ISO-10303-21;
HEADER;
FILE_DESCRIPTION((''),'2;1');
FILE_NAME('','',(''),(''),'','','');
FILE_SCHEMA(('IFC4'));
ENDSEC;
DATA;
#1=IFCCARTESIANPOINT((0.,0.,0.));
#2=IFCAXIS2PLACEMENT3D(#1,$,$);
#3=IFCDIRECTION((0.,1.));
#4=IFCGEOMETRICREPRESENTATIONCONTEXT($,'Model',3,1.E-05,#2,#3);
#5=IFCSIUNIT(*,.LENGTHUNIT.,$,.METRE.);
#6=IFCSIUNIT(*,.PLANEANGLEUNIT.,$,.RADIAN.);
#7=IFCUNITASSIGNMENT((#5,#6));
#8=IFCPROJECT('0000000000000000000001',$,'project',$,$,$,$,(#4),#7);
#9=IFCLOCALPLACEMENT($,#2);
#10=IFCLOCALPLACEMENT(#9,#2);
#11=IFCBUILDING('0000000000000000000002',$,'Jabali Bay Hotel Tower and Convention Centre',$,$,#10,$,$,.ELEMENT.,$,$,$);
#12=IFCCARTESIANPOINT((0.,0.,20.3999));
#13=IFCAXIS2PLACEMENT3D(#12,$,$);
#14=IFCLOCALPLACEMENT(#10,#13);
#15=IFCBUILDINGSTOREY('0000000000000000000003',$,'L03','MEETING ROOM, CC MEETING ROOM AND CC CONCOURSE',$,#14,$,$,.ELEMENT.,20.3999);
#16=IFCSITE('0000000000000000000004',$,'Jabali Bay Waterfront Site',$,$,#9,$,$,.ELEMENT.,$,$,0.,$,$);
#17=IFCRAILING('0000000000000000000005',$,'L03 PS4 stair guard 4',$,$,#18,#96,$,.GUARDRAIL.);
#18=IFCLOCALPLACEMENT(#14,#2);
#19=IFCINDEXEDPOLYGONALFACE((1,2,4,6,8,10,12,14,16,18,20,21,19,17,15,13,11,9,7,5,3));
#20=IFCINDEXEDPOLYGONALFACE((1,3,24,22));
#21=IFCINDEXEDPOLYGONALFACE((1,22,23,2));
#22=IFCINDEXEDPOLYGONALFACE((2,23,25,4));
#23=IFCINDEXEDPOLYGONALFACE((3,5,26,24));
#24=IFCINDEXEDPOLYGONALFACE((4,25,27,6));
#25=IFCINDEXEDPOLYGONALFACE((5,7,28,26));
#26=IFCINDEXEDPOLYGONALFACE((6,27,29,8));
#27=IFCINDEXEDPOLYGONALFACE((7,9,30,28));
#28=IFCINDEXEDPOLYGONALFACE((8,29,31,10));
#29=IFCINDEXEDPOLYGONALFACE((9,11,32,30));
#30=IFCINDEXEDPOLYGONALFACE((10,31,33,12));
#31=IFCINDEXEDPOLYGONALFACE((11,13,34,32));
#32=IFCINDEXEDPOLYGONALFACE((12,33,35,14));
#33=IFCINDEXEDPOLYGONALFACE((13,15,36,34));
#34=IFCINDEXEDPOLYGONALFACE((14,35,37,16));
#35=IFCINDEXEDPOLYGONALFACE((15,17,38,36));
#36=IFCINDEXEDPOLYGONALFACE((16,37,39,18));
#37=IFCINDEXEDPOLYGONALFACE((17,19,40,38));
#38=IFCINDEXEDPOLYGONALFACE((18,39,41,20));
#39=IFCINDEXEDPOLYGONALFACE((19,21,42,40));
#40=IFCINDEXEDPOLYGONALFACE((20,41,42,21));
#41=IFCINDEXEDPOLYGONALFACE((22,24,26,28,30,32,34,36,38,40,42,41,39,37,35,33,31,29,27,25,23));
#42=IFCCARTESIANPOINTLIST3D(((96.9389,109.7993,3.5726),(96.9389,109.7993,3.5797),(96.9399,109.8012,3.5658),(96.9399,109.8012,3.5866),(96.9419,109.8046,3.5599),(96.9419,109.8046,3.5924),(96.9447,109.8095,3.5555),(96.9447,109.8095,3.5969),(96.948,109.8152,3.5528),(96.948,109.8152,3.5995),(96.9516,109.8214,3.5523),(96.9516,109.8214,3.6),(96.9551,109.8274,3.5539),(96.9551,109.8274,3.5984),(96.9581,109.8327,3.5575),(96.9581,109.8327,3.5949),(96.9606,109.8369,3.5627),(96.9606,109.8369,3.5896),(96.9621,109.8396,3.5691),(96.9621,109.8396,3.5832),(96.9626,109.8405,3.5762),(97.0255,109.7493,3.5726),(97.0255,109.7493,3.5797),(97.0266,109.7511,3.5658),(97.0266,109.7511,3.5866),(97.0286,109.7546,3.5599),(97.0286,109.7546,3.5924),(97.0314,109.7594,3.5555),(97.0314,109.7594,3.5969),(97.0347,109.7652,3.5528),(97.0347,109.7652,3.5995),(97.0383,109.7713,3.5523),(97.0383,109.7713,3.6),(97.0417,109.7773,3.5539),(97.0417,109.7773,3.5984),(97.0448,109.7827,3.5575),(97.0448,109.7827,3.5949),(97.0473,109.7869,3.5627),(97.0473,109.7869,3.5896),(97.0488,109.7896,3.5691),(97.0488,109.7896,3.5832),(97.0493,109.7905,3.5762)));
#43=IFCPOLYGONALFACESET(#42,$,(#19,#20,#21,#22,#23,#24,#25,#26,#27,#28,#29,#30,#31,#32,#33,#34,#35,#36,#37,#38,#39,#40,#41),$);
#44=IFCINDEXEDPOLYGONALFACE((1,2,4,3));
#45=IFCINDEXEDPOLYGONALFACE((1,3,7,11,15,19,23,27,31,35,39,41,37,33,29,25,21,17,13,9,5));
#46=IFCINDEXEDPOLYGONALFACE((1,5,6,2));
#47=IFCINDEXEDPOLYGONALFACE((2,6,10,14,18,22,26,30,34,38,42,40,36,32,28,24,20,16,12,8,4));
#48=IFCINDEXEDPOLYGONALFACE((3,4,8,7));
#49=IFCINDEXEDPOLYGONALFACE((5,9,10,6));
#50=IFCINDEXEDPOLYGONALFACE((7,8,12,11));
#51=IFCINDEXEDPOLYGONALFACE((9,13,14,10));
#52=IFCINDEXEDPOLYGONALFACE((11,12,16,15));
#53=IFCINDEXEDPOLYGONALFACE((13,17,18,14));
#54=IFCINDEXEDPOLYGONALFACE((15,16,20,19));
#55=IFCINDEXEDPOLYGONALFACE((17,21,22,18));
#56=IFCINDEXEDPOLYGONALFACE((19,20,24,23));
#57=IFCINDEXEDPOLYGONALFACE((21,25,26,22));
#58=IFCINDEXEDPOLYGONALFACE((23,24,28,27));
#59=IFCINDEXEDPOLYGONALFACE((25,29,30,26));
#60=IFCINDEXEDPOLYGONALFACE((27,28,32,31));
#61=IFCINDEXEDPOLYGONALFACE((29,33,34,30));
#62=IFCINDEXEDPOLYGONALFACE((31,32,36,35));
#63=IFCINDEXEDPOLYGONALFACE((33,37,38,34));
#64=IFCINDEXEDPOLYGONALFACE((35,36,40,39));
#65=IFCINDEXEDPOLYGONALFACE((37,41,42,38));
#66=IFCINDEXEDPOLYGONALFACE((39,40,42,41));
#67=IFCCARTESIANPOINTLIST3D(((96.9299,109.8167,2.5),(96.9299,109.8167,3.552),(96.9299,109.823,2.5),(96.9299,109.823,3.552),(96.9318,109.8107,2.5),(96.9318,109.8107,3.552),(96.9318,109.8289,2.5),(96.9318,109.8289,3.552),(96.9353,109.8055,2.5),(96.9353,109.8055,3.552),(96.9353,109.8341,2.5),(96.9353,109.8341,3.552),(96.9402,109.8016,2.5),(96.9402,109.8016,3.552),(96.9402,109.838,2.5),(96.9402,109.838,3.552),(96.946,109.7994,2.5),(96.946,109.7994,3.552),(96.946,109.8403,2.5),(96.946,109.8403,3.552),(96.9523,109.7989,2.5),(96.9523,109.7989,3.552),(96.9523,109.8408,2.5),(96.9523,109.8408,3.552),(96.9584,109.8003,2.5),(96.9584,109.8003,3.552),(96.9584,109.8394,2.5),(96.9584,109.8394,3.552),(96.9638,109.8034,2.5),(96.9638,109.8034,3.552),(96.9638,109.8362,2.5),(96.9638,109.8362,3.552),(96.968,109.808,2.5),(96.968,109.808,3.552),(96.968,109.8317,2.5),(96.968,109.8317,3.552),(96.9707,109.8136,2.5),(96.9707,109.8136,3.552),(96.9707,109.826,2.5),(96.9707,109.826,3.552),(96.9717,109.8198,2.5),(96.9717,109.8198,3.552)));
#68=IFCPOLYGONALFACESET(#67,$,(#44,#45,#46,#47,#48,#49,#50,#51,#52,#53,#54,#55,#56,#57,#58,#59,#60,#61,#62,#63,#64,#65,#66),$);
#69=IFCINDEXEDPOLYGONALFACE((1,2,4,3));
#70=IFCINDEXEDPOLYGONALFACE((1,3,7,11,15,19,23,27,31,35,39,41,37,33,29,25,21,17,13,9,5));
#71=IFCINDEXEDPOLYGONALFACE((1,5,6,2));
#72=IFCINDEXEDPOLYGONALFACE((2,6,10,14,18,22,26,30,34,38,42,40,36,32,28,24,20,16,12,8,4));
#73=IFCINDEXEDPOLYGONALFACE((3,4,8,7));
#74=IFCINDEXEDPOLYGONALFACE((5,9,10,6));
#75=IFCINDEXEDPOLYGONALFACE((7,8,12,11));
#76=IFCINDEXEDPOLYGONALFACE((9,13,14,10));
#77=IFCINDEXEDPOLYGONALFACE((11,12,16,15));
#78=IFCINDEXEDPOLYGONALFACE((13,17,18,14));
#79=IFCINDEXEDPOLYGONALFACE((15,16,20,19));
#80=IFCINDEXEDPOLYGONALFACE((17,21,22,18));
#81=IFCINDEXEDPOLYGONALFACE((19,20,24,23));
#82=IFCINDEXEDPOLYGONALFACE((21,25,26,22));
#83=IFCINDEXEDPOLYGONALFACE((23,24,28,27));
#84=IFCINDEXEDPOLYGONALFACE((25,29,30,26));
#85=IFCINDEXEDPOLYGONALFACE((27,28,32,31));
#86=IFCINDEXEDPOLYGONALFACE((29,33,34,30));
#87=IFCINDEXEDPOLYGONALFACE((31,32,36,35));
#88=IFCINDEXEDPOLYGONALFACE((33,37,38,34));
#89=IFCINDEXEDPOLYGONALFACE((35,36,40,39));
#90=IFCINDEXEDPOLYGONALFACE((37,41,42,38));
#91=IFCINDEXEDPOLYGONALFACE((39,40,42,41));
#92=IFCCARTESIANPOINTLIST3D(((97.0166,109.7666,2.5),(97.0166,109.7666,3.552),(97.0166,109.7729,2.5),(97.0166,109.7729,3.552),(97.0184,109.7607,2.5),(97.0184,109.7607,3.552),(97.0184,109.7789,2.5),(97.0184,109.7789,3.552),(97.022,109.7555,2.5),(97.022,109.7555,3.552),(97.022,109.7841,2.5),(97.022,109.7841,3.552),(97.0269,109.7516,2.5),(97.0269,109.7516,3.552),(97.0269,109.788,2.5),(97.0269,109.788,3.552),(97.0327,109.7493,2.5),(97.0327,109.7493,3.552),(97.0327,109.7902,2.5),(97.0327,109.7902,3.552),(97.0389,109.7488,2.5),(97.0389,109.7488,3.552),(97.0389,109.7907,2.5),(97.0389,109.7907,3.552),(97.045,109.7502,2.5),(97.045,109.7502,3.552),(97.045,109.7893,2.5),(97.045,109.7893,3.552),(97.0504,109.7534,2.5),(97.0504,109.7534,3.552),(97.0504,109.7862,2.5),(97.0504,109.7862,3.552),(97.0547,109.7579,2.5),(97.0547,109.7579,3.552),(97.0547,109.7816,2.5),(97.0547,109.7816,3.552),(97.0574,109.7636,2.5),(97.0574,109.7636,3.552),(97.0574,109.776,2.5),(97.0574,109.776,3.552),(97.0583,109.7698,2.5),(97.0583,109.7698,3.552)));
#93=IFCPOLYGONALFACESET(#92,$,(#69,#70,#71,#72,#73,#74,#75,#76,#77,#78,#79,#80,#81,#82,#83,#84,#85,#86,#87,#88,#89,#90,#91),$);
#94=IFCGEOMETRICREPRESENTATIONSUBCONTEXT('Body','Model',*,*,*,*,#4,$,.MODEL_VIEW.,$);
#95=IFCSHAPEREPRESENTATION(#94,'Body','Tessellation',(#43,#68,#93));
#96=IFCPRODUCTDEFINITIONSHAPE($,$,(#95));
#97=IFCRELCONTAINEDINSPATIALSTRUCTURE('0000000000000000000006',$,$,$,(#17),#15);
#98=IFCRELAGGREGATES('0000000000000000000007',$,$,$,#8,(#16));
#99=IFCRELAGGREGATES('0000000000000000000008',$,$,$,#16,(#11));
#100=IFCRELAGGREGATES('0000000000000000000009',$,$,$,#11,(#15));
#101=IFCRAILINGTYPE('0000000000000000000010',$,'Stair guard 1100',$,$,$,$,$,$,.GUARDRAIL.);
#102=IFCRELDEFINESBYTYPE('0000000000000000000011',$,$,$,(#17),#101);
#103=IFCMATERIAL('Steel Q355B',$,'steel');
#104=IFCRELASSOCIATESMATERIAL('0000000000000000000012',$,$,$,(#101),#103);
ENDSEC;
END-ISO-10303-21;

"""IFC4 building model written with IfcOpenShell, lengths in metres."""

from ifc_helpers import new_model, si_unit, direction, frame, origin, origin_2d, place, context, subcontext, project, spatial, circle, extrude, material, type_object, element, save


model = new_model("IFC4")

# Units and contexts
model_context = context("Model", 3, precision=1e-05, world=origin(), true_north=direction((0.0, 1.0)))
body_context = subcontext(model_context, "Body", "Model", "MODEL_VIEW")
ifc_project = project(units=[si_unit("LENGTHUNIT", "METRE"), si_unit("PLANEANGLEUNIT", "RADIAN")], contexts=[model_context])

# Site, building, storey
site_placement = place(None, origin())
site = spatial("IfcSite", under=ifc_project, at=site_placement, Name="Jabali Bay Waterfront Site", CompositionType="ELEMENT", RefElevation=0.0)
building_placement = place(site_placement, origin())
building = spatial("IfcBuilding", under=site, at=building_placement, Name="Jabali Bay Hotel Tower and Convention Centre", CompositionType="ELEMENT")
storey_placement = place(building_placement, frame((0.0, 0.0, 20.3999)))
storey = spatial("IfcBuildingStorey", under=building, at=storey_placement, Name="L03", Description="MEETING ROOM, CC MEETING ROOM AND CC CONCOURSE", CompositionType="ELEMENT", Elevation=20.3999)

# Railing
ifc_material_1 = material(Name="Steel Q355B", Category="steel")
railing_type_1 = type_object("IfcRailingType", Name="Stair guard 1100", PredefinedType="GUARDRAIL", material=ifc_material_1)
railing_1_placement = place(storey_placement, frame((96.9507, 109.8198, 2.5)))
element("IfcRailing", 1, at=railing_1_placement, inside=storey, type_object=railing_type_1, Name="L03 PS4 stair guard 4", PredefinedType="GUARDRAIL", context=body_context, shape_type="SweptSolid", body=[
    extrude(circle(Radius=0.0239, at=origin_2d()), frame((0.0, 0.0, 1.0762), z_axis=(0.865982, -0.500074, 0.0), x_axis=(0.500074, 0.865982, 0.0)), (0.0, 0.0, 1.0), 0.1001),
    extrude(circle(Radius=0.021, at=origin_2d()), origin(), (0.0, 0.0, 1.0), 1.052),
    extrude(circle(Radius=0.021, at=origin_2d()), frame((0.0867, -0.05, 0.0)), (0.0, 0.0, 1.0), 1.052),
])

save(model, "model.ifc")
